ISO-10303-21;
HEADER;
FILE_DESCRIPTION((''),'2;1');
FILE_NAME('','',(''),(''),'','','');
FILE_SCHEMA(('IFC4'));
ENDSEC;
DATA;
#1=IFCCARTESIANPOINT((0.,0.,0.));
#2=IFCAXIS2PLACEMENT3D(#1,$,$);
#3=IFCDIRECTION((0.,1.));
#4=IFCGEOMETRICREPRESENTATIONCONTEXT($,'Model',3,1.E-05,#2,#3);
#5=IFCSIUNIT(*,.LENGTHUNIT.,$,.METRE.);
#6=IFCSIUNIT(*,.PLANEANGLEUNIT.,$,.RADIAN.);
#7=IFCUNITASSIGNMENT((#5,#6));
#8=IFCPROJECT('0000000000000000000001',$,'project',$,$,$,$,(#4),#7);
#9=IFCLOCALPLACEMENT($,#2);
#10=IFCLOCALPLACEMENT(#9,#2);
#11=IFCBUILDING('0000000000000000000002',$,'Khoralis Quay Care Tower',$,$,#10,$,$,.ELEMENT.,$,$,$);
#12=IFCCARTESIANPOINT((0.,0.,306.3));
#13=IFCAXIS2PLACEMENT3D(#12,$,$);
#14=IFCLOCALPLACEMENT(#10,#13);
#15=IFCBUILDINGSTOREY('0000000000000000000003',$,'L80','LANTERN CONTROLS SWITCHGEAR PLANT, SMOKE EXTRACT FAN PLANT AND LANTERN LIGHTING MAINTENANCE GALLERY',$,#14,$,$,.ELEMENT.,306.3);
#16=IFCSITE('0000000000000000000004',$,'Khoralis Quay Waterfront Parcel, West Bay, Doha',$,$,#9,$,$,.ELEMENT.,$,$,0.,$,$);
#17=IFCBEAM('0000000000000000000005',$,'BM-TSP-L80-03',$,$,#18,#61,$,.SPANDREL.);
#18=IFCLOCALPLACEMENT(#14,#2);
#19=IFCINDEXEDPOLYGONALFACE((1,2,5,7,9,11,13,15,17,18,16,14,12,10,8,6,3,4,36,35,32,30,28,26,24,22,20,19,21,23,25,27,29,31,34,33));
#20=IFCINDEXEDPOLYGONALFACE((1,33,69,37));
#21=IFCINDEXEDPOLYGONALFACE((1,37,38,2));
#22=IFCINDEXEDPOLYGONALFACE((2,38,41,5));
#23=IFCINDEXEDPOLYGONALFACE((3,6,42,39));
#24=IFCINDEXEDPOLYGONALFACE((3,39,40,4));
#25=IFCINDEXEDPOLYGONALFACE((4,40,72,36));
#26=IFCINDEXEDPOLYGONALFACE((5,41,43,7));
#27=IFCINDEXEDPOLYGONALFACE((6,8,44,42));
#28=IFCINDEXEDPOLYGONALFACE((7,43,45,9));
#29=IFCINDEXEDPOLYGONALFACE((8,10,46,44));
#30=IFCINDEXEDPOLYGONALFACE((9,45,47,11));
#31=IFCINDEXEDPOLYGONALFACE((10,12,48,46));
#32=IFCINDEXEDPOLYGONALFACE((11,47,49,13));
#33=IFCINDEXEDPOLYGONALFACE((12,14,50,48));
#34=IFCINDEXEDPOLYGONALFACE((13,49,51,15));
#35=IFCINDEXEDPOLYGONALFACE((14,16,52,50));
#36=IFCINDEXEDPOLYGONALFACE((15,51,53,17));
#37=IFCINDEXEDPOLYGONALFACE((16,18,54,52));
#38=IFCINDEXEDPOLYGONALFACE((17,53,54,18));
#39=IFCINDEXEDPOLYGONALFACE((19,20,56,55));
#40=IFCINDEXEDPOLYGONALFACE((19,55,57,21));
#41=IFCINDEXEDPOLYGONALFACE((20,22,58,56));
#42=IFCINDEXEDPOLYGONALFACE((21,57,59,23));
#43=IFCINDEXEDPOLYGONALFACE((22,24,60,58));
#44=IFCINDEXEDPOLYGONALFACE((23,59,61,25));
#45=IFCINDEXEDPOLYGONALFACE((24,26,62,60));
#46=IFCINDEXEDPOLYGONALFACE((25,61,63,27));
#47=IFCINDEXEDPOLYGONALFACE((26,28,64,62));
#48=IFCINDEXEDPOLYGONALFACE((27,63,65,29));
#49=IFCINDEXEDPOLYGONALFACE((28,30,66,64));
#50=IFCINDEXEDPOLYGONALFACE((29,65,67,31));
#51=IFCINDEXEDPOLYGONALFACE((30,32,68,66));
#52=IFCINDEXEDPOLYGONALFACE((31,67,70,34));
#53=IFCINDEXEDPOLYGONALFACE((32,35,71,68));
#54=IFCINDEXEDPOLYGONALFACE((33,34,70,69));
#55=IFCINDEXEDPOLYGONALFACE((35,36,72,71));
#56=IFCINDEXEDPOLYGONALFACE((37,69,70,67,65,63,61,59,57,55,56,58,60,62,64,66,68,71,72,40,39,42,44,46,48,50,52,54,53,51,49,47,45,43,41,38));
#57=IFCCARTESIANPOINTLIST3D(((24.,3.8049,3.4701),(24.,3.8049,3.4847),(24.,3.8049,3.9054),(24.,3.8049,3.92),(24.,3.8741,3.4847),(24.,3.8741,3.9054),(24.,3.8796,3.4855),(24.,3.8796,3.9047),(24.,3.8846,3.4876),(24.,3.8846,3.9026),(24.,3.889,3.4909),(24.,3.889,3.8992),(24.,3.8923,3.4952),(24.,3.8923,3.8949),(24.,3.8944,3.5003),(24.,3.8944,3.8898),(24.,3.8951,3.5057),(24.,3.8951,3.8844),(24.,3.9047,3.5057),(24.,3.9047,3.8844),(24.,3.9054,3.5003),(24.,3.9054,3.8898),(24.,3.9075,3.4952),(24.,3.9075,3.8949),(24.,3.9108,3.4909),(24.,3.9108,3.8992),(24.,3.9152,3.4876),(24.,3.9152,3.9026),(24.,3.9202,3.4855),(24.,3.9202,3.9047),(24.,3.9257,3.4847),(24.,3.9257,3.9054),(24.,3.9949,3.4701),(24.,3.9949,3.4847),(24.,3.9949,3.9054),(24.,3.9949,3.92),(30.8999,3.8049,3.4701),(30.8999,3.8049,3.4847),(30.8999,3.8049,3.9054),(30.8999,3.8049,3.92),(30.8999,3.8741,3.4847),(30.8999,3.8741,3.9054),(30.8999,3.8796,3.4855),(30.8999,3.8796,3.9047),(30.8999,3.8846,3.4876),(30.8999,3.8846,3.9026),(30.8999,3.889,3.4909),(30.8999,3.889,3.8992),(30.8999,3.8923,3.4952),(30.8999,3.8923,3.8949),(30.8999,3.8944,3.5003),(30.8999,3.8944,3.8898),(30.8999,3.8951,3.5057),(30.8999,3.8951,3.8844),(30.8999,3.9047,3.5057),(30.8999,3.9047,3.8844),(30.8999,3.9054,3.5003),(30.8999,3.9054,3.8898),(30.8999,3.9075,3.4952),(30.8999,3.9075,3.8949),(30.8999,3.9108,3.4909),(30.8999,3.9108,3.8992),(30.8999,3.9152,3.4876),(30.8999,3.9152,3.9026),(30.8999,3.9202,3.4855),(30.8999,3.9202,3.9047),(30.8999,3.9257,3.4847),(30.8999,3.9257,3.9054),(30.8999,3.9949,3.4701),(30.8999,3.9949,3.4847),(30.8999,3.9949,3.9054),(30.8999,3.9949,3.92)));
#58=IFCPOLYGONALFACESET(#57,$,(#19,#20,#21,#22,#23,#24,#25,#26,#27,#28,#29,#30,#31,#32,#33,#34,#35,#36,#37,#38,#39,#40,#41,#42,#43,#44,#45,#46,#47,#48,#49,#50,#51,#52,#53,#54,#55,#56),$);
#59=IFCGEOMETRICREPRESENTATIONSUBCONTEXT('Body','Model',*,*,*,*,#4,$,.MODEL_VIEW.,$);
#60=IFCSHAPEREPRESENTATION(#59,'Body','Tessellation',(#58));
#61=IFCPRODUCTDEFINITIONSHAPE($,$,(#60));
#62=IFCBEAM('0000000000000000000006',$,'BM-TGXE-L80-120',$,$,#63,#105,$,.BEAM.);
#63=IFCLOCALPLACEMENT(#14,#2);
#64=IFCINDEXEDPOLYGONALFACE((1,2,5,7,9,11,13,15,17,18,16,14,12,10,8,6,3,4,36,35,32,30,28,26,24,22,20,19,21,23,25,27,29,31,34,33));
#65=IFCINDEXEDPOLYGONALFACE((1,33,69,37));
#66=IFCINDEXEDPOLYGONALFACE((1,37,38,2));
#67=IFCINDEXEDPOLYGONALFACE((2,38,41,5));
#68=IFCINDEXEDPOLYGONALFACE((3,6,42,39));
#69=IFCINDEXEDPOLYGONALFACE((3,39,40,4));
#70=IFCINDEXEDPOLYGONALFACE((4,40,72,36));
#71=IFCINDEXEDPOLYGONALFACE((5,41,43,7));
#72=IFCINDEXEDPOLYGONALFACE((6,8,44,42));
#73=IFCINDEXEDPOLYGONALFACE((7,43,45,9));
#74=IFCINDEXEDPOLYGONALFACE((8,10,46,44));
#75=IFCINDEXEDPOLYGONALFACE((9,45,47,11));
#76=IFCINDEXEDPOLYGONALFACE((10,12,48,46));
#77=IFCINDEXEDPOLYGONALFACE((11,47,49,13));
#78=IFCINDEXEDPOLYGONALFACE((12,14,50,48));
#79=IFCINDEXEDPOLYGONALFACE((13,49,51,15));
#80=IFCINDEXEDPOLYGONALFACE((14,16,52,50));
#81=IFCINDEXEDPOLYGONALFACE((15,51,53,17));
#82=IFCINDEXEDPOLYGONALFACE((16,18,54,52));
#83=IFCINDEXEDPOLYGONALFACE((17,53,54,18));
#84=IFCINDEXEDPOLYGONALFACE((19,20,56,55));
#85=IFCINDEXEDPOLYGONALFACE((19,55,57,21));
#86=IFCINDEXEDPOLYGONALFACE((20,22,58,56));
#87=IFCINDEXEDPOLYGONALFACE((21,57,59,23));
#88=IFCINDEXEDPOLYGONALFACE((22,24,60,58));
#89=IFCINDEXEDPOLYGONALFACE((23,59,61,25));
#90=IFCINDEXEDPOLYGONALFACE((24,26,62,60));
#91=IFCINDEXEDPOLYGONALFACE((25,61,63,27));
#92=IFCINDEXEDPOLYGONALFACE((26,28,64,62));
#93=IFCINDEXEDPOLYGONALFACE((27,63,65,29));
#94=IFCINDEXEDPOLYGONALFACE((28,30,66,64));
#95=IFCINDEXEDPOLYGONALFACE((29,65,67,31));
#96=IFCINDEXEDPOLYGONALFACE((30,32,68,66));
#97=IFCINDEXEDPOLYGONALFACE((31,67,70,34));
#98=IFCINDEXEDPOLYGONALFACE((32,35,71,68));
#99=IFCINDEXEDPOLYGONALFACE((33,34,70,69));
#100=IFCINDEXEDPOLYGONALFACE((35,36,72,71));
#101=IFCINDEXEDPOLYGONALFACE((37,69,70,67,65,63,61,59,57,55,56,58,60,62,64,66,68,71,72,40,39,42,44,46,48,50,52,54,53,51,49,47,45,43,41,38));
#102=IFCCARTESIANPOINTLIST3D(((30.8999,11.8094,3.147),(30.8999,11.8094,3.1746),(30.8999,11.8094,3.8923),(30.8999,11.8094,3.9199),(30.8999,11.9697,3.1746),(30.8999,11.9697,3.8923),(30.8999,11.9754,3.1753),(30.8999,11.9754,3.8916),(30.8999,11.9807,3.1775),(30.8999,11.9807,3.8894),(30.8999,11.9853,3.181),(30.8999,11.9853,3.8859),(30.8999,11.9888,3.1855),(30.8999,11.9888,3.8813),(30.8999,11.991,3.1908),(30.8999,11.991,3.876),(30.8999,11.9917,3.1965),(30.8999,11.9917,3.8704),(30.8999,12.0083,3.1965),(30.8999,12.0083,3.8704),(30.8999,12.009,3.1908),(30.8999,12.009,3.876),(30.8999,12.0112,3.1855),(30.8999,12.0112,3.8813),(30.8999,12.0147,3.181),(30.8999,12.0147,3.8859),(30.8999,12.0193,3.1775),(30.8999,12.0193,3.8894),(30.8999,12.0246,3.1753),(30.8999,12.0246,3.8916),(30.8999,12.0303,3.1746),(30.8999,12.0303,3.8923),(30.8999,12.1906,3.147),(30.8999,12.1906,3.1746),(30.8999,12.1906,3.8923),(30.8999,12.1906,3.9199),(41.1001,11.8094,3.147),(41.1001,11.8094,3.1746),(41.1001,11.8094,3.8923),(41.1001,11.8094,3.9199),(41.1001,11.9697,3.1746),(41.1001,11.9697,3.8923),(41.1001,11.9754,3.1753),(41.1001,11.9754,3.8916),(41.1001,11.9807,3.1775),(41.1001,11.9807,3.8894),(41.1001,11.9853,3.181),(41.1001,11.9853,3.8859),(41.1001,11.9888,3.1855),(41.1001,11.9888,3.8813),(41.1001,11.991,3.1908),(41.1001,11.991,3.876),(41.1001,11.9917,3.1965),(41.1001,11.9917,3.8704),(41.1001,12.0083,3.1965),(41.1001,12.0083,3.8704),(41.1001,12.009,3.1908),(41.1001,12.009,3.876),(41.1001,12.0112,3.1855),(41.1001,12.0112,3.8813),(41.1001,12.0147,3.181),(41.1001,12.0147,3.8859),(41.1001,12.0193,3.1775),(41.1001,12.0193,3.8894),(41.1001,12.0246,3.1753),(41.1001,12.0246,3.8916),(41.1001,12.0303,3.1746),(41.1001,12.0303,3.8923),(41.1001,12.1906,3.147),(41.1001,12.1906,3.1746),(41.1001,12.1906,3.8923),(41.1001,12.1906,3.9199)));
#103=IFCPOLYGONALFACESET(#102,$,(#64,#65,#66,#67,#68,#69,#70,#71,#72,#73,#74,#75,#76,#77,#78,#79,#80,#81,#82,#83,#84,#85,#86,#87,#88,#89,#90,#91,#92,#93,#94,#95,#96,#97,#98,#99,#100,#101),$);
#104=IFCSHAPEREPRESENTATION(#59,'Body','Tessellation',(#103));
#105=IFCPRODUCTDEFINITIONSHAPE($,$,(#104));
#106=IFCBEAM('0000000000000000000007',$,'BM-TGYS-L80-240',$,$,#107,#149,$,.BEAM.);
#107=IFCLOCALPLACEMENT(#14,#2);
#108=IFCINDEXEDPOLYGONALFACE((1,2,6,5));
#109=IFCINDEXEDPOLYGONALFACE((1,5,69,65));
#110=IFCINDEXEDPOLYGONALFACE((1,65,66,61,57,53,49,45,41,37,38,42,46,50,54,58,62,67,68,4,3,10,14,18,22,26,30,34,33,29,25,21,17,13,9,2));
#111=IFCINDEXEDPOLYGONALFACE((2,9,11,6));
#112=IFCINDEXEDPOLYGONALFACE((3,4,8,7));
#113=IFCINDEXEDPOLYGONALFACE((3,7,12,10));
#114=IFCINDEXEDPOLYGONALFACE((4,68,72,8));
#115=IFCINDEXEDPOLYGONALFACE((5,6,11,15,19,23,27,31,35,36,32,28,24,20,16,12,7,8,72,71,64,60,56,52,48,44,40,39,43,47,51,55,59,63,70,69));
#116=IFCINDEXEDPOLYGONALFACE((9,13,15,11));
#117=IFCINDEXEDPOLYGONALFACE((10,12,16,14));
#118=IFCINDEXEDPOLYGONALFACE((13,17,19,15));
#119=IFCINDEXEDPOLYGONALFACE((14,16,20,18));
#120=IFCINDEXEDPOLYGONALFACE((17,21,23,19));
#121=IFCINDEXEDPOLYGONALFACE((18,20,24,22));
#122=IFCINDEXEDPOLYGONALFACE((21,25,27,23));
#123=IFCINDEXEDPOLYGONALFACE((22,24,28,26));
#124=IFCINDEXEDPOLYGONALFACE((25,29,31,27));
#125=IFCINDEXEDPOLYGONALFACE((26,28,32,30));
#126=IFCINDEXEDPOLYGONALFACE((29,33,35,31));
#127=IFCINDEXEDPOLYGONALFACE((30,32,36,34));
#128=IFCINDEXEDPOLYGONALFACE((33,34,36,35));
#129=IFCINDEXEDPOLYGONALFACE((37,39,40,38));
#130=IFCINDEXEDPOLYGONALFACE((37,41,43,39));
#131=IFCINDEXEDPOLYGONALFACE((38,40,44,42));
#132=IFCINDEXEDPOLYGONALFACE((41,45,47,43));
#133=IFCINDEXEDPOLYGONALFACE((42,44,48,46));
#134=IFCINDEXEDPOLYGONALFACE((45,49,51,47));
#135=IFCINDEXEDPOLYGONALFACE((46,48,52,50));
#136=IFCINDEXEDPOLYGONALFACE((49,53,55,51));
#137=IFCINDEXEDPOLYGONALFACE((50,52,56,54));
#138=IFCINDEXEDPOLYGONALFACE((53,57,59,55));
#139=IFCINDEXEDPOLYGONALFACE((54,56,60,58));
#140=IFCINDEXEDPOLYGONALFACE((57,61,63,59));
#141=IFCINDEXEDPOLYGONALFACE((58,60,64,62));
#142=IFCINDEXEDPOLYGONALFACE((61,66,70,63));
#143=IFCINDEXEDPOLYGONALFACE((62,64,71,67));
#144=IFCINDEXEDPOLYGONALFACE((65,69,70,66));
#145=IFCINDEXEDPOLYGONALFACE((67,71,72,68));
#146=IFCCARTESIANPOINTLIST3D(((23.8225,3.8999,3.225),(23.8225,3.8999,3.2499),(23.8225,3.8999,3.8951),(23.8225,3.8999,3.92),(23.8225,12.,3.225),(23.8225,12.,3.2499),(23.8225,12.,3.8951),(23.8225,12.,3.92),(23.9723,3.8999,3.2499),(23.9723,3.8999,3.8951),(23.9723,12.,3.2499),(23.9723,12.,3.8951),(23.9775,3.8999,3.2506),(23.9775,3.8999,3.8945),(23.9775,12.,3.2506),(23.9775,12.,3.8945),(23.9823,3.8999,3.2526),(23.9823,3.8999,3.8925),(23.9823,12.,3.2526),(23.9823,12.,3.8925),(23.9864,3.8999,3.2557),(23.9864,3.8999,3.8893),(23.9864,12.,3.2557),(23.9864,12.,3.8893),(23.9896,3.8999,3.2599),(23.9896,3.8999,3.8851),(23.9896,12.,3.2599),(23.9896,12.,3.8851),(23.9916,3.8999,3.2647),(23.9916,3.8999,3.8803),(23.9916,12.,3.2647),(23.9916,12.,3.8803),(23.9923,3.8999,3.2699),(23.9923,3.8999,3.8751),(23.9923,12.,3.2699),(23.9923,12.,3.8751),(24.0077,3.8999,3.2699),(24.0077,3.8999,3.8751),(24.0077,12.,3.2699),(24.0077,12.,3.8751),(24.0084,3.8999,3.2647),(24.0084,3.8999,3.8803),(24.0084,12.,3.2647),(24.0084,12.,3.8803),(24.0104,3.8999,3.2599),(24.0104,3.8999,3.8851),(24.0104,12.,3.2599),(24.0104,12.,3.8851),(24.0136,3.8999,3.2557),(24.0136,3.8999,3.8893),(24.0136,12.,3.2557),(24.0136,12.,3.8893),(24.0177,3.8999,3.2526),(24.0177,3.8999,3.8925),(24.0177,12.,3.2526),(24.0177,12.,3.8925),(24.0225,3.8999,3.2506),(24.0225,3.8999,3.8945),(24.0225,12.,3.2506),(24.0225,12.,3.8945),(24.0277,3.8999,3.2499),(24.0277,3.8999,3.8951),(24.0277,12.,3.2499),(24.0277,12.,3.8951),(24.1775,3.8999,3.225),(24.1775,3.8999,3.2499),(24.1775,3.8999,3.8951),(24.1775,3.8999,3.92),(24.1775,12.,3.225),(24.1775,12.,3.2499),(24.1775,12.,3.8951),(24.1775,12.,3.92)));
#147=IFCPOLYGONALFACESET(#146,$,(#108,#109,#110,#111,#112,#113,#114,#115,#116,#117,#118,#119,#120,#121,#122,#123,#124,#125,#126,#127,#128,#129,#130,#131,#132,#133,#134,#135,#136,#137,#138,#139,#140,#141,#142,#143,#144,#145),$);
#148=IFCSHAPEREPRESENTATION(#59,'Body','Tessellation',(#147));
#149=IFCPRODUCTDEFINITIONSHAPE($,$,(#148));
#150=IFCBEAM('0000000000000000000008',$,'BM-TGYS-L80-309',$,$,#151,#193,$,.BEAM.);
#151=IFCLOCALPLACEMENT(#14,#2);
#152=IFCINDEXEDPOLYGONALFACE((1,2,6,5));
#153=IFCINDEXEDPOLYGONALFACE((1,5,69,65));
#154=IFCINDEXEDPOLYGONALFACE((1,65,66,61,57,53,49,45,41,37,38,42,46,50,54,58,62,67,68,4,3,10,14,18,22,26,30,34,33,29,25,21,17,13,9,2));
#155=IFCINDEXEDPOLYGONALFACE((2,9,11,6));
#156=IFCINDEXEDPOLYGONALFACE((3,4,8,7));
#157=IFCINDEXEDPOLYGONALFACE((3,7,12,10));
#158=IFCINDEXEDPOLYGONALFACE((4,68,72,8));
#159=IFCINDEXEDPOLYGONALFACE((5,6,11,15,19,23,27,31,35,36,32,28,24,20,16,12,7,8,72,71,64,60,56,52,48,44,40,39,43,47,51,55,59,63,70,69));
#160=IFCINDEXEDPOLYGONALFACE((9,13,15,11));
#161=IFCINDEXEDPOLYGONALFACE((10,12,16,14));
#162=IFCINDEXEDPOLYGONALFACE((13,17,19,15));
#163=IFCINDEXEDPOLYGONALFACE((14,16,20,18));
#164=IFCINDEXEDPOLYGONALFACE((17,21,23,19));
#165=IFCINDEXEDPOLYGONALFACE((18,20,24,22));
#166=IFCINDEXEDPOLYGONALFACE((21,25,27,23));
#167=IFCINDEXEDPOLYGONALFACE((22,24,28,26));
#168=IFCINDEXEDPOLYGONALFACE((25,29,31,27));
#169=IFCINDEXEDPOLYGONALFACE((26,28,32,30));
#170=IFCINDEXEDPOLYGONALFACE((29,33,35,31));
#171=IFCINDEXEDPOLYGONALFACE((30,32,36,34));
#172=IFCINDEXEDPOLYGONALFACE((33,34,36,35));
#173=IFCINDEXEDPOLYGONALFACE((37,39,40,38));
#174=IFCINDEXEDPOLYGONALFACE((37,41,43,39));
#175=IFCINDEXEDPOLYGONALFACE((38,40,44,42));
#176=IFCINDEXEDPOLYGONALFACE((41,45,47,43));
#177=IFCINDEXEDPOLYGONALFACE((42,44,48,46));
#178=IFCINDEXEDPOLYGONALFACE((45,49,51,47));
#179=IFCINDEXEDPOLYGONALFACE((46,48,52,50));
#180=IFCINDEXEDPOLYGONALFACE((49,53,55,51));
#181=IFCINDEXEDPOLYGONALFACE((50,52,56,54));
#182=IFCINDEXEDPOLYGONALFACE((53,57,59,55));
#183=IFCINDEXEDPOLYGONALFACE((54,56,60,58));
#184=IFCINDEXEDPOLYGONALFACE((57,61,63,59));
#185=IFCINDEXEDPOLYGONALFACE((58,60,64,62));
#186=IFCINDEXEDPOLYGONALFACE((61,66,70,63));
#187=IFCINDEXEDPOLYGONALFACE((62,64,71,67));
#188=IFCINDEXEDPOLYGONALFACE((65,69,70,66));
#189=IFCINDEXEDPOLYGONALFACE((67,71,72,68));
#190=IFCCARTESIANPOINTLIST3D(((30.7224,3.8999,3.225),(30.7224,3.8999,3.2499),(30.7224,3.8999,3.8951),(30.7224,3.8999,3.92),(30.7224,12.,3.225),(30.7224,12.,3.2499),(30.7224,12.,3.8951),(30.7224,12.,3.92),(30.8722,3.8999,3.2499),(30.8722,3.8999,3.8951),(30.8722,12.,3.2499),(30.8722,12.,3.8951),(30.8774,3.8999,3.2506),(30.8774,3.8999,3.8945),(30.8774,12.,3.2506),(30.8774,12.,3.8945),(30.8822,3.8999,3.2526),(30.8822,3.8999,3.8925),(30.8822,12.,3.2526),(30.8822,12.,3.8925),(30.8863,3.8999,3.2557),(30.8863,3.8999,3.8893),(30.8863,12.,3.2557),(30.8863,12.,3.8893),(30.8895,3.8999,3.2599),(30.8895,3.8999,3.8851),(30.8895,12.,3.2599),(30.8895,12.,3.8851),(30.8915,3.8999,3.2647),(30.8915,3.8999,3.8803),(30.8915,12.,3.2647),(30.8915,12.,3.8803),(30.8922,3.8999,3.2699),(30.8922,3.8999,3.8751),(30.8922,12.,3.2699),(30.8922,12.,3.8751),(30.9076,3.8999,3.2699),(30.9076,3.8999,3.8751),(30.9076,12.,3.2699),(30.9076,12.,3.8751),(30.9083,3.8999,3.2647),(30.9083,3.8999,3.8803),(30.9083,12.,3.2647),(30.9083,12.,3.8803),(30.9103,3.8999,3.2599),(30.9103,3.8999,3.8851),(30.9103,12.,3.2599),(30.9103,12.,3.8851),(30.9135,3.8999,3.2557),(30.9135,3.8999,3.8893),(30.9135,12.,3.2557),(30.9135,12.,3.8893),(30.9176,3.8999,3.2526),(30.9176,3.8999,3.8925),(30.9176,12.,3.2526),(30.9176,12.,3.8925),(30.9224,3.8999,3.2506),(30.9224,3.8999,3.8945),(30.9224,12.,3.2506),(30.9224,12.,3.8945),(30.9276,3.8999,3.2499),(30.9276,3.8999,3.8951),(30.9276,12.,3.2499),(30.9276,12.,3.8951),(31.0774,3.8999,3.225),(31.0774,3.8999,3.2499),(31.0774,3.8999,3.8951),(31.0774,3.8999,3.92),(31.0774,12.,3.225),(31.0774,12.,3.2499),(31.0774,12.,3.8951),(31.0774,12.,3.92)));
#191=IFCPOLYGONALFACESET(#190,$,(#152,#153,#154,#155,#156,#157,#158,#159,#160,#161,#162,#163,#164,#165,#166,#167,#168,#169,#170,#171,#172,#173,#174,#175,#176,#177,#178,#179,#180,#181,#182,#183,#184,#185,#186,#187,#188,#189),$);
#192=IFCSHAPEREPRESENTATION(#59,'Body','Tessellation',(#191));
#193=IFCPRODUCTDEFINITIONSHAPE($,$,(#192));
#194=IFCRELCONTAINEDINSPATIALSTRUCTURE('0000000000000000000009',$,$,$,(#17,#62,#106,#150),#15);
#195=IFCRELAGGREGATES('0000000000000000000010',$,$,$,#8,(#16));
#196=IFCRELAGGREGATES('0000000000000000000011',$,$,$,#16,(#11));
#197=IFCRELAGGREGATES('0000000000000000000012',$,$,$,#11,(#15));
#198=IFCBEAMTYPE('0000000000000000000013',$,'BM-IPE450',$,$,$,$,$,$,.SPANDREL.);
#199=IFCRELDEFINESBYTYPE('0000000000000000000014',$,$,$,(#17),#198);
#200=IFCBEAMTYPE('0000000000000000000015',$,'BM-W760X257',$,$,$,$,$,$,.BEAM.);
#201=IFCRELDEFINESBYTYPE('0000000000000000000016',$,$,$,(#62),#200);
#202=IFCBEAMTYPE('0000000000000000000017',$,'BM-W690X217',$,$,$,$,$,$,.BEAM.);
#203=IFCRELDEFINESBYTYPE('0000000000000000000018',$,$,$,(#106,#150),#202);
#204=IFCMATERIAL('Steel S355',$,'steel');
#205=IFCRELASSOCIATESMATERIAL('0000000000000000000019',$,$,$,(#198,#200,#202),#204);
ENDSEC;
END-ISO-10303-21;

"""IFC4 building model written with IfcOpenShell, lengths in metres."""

from ifc_helpers import new_model, si_unit, direction, frame, origin, origin_2d, place, context, subcontext, project, spatial, i_section, extrude, source, transform, mapped, material, material_profile, profile_set, type_object, element, save


model = new_model("IFC4")

# Units and contexts
model_context = context("Model", 3, precision=1e-05, world=origin(), true_north=direction((0.0, 1.0)))
body_context = subcontext(model_context, "Body", "Model", "MODEL_VIEW")
ifc_project = project(units=[si_unit("LENGTHUNIT", "METRE"), si_unit("PLANEANGLEUNIT", "RADIAN")], contexts=[model_context])

# Site, building, storey
site_placement = place(None, origin())
site = spatial("IfcSite", under=ifc_project, at=site_placement, Name="Khoralis Quay Waterfront Parcel, West Bay, Doha", CompositionType="ELEMENT", RefElevation=0.0)
building_placement = place(site_placement, origin())
building = spatial("IfcBuilding", under=site, at=building_placement, Name="Khoralis Quay Care Tower", CompositionType="ELEMENT")
storey_placement = place(building_placement, frame((0.0, 0.0, 306.3)))
storey = spatial("IfcBuildingStorey", under=building, at=storey_placement, Name="L80", Description="LANTERN CONTROLS SWITCHGEAR PLANT, SMOKE EXTRACT FAN PLANT AND LANTERN LIGHTING MAINTENANCE GALLERY", CompositionType="ELEMENT", Elevation=306.3)

# Shared definitions
ifc_material_1 = material(Name="Steel S355", Category="steel")

# Beams
ifc_material_profile_1 = material_profile(ifc_material_1, i_section(OverallWidth=0.1899, OverallDepth=0.45, WebThickness=0.0095, FlangeThickness=0.0146, FilletRadius=0.021, at=origin_2d()), Name="Steel S355")
ifc_profile_set_1 = profile_set([ifc_material_profile_1], Name="Steel S355")
beam_type_1 = type_object("IfcBeamType", Name="BM-IPE450", PredefinedType="SPANDREL", material=ifc_profile_set_1)
shared_shape_1 = source(origin(), body_context, "Body", "SweptSolid", [
    extrude(i_section(OverallWidth=0.1899, OverallDepth=0.45, WebThickness=0.0095, FlangeThickness=0.0146, FilletRadius=0.021, at=origin_2d()), origin(), (0.0, 0.0, 1.0), 6.8999),
])
beam_1_placement = place(storey_placement, frame((24.0, 3.8999, 3.6951), z_axis=(1.0, 0.0, 0.0), x_axis=(0.0, 1.0, 0.0)))
element("IfcBeam", 1, at=beam_1_placement, inside=storey, type_object=beam_type_1, Name="BM-TSP-L80-03", PredefinedType="SPANDREL", context=body_context, shape_type="MappedRepresentation", body=[
    mapped(shared_shape_1, transform((0.0, 0.0, 0.0), scale=1.0)),
])
ifc_material_profile_2 = material_profile(ifc_material_1, i_section(OverallWidth=0.3811, OverallDepth=0.7729, WebThickness=0.0166, FlangeThickness=0.0276, FilletRadius=0.022, at=origin_2d()), Name="Steel S355")
ifc_profile_set_2 = profile_set([ifc_material_profile_2], Name="Steel S355")
beam_type_2 = type_object("IfcBeamType", Name="BM-W760X257", PredefinedType="BEAM", material=ifc_profile_set_2)
shared_shape_2 = source(origin(), body_context, "Body", "SweptSolid", [
    extrude(i_section(OverallWidth=0.3811, OverallDepth=0.7729, WebThickness=0.0166, FlangeThickness=0.0276, FilletRadius=0.022, at=origin_2d()), origin(), (0.0, 0.0, 1.0), 10.2002),
])
beam_2_placement = place(storey_placement, frame((30.8999, 12.0, 3.5334), z_axis=(1.0, 0.0, 0.0), x_axis=(0.0, 1.0, 0.0)))
element("IfcBeam", 2, at=beam_2_placement, inside=storey, type_object=beam_type_2, Name="BM-TGXE-L80-120", PredefinedType="BEAM", context=body_context, shape_type="MappedRepresentation", body=[
    mapped(shared_shape_2, transform((0.0, 0.0, 0.0), scale=1.0)),
])
ifc_material_profile_3 = material_profile(ifc_material_1, i_section(OverallWidth=0.355, OverallDepth=0.6951, WebThickness=0.0154, FlangeThickness=0.0249, FilletRadius=0.02, at=origin_2d()), Name="Steel S355")
ifc_profile_set_3 = profile_set([ifc_material_profile_3], Name="Steel S355")
beam_type_3 = type_object("IfcBeamType", Name="BM-W690X217", PredefinedType="BEAM", material=ifc_profile_set_3)
shared_shape_3 = source(origin(), body_context, "Body", "SweptSolid", [
    extrude(i_section(OverallWidth=0.355, OverallDepth=0.6951, WebThickness=0.0154, FlangeThickness=0.0249, FilletRadius=0.02, at=origin_2d()), origin(), (0.0, 0.0, 1.0), 8.1001),
])
for number, where, z_axis, x_axis, name in (
    (3, (24.0, 3.8999, 3.5725), (0.0, 1.0, 0.0), (-1.0, 0.0, 0.0), "BM-TGYS-L80-240"),
    (4, (30.8999, 3.8999, 3.5725), (0.0, 1.0, 0.0), (-1.0, 0.0, 0.0), "BM-TGYS-L80-309"),
):
    element("IfcBeam", number, at=place(storey_placement, frame(where, z_axis=z_axis, x_axis=x_axis)), inside=storey, type_object=beam_type_3, Name=name, PredefinedType="BEAM", context=body_context, shape_type="MappedRepresentation", body=[
        mapped(shared_shape_3, transform((0.0, 0.0, 0.0), scale=1.0)),
    ])

save(model, "model.ifc")
